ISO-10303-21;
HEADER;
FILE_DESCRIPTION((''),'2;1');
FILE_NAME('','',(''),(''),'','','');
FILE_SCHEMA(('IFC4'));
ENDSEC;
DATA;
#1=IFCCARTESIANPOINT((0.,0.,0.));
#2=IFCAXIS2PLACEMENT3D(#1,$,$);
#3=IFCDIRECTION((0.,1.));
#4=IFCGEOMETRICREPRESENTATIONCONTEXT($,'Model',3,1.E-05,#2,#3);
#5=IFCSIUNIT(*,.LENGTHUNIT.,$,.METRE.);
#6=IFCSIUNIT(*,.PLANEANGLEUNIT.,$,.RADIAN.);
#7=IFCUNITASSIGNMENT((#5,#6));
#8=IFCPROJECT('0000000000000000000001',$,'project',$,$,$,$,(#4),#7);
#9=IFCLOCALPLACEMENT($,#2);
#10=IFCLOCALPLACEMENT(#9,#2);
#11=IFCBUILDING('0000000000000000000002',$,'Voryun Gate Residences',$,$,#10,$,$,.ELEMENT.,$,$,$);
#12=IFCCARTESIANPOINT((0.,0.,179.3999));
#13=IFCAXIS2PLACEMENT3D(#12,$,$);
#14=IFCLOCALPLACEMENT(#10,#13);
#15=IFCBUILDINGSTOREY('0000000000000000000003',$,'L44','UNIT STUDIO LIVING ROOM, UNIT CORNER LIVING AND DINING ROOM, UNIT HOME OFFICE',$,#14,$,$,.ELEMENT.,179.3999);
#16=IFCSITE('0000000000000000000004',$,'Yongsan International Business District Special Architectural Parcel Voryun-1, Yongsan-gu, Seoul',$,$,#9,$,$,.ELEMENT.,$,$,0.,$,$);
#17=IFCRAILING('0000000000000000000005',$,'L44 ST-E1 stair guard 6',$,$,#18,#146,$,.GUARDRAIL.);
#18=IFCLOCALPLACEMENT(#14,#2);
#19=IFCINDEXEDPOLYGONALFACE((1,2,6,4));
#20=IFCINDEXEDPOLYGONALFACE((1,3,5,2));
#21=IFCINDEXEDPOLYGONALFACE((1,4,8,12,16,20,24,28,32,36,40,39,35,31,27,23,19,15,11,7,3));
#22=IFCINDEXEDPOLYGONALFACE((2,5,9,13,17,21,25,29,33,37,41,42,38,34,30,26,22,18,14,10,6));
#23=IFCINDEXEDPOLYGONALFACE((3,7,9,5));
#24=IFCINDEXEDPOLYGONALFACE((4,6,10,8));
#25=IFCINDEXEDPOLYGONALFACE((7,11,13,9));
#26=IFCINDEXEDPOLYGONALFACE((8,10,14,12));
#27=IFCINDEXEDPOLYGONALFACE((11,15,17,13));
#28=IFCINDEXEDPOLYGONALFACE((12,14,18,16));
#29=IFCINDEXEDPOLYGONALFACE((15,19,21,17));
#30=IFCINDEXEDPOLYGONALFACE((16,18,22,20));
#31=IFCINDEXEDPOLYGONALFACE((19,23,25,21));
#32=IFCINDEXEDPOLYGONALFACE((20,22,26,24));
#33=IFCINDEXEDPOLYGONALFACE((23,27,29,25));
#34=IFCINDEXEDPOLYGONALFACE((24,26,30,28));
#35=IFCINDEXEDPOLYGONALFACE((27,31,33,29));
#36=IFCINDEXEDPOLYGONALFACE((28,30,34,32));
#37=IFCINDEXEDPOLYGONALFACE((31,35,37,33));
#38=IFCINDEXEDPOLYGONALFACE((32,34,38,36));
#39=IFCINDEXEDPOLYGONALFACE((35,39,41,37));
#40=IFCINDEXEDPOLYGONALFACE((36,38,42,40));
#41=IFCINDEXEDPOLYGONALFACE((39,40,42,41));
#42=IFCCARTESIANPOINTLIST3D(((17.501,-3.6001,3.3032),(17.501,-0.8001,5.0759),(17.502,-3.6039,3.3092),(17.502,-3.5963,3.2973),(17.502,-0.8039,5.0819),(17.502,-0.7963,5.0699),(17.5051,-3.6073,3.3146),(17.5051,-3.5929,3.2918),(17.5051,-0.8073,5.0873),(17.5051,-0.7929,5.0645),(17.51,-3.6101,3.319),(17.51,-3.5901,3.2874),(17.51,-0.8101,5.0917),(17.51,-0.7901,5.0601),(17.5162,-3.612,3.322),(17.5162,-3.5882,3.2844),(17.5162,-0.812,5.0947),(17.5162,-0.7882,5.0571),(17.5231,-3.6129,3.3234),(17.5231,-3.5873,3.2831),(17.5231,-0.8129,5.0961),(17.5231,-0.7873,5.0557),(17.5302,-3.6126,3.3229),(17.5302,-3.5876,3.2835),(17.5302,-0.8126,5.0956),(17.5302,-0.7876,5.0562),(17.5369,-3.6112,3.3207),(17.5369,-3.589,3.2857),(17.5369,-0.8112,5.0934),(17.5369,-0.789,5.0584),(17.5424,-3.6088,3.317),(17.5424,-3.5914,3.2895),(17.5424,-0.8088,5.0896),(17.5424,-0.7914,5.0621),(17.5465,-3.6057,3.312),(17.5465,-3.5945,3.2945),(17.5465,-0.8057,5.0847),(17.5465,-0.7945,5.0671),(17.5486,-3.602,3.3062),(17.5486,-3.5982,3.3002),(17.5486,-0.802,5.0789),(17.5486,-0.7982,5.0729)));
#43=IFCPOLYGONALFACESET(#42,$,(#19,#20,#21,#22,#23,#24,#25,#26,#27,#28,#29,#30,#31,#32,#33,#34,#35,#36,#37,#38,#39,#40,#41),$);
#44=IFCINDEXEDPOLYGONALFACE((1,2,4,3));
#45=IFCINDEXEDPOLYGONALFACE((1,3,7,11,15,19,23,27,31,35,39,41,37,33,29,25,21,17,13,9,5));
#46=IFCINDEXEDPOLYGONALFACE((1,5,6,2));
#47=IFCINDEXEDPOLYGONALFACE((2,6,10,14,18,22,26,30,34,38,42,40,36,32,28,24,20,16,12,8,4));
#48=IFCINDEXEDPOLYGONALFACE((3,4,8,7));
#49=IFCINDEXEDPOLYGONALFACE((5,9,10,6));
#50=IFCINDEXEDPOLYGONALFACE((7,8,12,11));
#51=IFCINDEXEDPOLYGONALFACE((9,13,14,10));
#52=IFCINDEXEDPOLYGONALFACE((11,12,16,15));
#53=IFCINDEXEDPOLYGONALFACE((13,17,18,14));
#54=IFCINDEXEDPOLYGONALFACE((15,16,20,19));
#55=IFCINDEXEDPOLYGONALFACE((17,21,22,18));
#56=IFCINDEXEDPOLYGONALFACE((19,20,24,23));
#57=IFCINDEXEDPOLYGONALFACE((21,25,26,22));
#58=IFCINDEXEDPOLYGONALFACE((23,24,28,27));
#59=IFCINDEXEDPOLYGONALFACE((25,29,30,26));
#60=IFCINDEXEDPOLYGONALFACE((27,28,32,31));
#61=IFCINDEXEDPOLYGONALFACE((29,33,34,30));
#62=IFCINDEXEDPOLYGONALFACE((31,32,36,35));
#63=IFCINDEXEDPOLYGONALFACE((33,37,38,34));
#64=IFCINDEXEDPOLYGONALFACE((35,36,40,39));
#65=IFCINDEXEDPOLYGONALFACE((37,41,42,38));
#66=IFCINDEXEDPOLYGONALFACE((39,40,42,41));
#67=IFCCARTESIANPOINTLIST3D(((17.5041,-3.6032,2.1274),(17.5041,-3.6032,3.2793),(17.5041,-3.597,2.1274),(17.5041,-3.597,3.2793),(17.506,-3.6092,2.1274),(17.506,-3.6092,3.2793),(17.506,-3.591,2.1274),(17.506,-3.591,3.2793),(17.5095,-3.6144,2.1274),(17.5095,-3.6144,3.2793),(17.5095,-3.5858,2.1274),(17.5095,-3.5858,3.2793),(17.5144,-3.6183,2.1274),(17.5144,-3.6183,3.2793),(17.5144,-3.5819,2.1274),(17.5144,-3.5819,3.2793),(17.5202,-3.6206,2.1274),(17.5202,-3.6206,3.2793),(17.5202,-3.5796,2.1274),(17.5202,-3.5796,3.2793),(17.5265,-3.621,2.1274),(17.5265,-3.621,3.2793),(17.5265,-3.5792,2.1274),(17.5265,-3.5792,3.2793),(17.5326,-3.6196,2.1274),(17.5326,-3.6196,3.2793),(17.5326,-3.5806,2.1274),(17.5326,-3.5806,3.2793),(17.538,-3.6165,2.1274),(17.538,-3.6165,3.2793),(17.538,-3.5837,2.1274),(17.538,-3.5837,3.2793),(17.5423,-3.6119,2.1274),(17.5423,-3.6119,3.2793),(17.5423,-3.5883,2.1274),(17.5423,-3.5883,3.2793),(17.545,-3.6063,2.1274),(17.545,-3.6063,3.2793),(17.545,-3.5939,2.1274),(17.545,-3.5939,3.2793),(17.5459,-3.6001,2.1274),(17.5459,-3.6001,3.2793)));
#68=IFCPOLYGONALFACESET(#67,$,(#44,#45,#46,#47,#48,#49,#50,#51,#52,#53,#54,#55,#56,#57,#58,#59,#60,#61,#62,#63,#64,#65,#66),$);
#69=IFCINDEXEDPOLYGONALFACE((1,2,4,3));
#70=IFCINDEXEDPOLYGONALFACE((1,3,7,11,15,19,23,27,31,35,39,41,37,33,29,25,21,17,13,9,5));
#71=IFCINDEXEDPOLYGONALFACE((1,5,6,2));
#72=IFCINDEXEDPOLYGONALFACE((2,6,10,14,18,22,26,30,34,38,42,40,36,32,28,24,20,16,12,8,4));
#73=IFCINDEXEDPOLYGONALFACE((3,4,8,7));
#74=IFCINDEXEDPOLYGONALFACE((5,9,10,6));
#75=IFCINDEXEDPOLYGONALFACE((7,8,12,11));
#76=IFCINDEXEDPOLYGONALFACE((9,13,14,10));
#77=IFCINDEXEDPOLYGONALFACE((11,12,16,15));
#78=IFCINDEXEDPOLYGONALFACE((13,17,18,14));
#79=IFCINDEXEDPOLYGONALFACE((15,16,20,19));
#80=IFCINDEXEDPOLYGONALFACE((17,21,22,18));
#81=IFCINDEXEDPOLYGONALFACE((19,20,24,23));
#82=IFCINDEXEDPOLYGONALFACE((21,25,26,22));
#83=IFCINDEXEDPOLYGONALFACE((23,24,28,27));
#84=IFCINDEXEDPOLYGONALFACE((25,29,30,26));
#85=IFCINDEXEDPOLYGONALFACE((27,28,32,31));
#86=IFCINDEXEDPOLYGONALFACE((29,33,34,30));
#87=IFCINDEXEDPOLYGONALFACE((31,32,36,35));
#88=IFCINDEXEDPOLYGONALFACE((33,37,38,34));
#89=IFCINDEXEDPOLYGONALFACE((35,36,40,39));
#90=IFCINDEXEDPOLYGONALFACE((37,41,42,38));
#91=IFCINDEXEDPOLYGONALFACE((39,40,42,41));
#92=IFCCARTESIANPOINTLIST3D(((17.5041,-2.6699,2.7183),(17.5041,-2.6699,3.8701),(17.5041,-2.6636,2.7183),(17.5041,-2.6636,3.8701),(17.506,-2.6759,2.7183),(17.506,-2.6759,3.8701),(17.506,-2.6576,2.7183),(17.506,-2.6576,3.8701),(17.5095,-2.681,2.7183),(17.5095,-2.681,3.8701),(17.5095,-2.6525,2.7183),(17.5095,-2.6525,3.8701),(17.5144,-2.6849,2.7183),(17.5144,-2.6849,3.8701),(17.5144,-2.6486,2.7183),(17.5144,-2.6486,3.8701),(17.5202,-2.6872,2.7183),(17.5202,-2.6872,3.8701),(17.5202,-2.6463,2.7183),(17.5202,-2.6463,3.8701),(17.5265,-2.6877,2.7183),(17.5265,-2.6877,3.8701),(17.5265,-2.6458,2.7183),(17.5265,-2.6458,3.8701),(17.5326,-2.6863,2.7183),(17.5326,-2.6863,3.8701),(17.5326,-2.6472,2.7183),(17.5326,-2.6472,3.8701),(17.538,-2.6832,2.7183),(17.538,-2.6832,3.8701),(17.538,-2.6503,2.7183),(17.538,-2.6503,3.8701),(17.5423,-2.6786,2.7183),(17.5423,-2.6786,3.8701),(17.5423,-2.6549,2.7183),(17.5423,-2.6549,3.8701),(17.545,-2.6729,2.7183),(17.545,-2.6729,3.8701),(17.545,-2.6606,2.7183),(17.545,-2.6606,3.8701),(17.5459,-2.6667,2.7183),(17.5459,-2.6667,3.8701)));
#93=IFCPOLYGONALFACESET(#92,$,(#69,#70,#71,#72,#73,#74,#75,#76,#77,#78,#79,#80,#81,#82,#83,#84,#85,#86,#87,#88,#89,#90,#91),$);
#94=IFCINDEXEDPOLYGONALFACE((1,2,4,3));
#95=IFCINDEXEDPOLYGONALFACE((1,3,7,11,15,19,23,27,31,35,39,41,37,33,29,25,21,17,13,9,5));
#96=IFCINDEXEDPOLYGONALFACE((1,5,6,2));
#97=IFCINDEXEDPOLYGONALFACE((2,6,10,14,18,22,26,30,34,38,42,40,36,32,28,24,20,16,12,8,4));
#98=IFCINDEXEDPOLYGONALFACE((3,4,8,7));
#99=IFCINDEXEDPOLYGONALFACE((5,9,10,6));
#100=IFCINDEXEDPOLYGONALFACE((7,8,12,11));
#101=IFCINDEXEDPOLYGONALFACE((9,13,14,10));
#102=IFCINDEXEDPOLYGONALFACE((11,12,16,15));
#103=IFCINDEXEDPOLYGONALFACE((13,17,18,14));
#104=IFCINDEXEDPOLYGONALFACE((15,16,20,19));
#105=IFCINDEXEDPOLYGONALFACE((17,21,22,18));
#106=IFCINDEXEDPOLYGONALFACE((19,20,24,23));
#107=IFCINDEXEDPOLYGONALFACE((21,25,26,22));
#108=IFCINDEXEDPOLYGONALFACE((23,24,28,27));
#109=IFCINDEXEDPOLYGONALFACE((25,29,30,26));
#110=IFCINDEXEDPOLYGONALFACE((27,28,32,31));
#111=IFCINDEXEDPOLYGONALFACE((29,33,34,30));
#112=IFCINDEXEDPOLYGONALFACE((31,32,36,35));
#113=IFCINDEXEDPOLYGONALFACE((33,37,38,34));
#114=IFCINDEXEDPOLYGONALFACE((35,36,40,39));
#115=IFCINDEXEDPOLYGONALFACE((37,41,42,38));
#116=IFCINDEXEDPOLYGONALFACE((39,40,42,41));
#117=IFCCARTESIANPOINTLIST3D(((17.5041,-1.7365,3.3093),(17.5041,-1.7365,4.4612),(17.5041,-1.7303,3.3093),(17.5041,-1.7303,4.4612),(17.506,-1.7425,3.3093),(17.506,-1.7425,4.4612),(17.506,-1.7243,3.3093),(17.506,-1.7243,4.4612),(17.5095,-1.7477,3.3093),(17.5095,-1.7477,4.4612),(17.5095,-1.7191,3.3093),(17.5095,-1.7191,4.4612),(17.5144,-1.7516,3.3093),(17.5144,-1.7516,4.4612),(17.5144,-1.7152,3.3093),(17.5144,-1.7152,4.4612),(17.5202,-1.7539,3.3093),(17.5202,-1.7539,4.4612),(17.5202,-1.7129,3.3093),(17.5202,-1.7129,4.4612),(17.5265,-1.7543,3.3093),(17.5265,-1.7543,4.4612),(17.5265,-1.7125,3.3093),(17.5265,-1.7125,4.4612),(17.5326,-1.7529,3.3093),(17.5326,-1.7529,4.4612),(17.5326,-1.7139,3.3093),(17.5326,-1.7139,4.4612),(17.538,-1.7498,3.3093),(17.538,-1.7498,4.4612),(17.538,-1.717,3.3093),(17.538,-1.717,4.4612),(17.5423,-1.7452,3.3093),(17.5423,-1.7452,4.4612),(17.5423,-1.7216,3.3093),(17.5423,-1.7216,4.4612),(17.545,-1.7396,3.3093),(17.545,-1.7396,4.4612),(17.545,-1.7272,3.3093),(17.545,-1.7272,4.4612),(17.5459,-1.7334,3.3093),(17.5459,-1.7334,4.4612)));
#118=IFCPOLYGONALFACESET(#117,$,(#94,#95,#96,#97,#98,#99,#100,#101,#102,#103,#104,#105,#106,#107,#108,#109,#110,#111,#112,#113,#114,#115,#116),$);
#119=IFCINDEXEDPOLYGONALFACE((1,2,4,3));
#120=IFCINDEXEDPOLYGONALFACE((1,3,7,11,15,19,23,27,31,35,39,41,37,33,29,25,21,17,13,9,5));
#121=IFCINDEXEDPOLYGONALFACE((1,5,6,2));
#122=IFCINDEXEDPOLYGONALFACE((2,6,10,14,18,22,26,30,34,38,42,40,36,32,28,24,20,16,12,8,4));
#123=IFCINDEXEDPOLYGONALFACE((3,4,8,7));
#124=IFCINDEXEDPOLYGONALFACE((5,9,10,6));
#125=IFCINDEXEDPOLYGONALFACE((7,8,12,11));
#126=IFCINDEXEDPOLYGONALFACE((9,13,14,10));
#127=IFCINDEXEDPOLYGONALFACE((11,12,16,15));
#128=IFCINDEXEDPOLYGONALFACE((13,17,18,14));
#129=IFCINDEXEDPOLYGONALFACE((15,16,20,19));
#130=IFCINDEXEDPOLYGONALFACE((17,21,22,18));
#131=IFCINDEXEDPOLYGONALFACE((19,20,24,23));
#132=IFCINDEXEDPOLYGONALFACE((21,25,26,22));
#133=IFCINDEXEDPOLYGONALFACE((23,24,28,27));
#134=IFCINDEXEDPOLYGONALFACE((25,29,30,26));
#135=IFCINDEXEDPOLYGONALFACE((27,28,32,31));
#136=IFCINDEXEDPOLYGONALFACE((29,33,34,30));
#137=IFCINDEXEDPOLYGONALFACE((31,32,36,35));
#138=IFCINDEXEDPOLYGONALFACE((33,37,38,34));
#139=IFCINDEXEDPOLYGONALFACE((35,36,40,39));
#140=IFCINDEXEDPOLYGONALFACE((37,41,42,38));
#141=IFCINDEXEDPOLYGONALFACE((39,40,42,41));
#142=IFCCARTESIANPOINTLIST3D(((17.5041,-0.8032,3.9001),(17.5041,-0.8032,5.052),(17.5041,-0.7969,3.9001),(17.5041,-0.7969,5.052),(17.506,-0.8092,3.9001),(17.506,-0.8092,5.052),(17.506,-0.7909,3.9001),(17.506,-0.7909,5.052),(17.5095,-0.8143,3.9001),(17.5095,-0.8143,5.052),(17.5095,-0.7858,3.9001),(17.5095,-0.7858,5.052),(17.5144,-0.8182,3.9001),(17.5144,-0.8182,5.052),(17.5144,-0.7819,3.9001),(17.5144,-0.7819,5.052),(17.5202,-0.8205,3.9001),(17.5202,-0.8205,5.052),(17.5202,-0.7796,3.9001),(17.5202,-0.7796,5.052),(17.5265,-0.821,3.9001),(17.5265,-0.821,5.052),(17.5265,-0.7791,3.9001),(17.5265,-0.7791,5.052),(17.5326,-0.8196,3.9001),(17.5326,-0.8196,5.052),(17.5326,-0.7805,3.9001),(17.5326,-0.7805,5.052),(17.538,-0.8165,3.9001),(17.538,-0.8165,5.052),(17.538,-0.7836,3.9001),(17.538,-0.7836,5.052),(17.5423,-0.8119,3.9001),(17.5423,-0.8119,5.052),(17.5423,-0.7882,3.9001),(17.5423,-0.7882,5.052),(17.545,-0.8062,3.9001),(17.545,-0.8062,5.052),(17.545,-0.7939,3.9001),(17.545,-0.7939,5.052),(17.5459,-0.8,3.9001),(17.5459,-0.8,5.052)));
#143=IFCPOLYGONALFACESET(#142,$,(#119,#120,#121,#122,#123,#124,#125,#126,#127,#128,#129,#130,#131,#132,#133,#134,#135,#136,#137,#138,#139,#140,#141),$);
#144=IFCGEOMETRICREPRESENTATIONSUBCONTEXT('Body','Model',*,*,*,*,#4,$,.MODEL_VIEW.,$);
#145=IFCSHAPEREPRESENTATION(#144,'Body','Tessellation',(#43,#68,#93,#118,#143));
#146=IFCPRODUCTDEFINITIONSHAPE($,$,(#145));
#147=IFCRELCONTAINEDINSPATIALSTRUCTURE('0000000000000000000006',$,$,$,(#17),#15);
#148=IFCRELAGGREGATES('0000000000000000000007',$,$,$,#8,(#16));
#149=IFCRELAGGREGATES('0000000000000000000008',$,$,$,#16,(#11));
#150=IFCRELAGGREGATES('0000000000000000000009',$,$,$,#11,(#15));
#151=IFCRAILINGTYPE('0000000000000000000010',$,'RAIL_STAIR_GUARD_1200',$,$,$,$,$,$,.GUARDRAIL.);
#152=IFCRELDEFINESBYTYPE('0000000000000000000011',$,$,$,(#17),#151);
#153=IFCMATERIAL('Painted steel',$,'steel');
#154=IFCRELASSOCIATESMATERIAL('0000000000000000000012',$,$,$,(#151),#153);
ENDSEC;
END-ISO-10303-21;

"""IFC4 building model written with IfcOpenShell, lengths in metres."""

from ifc_helpers import new_model, si_unit, direction, frame, origin, origin_2d, place, context, subcontext, project, spatial, circle, extrude, material, type_object, element, save


model = new_model("IFC4")

# Units and contexts
model_context = context("Model", 3, precision=1e-05, world=origin(), true_north=direction((0.0, 1.0)))
body_context = subcontext(model_context, "Body", "Model", "MODEL_VIEW")
ifc_project = project(units=[si_unit("LENGTHUNIT", "METRE"), si_unit("PLANEANGLEUNIT", "RADIAN")], contexts=[model_context])

# Site, building, storey
site_placement = place(None, origin())
site = spatial("IfcSite", under=ifc_project, at=site_placement, Name="Yongsan International Business District Special Architectural Parcel Voryun-1, Yongsan-gu, Seoul", CompositionType="ELEMENT", RefElevation=0.0)
building_placement = place(site_placement, origin())
building = spatial("IfcBuilding", under=site, at=building_placement, Name="Voryun Gate Residences", CompositionType="ELEMENT")
storey_placement = place(building_placement, frame((0.0, 0.0, 179.3999)))
storey = spatial("IfcBuildingStorey", under=building, at=storey_placement, Name="L44", Description="UNIT STUDIO LIVING ROOM, UNIT CORNER LIVING AND DINING ROOM, UNIT HOME OFFICE", CompositionType="ELEMENT", Elevation=179.3999)

# Railing
ifc_material_1 = material(Name="Painted steel", Category="steel")
railing_type_1 = type_object("IfcRailingType", Name="RAIL_STAIR_GUARD_1200", PredefinedType="GUARDRAIL", material=ifc_material_1)
railing_1_placement = place(storey_placement, frame((17.5249, -3.6001, 2.1274)))
element("IfcRailing", 1, at=railing_1_placement, inside=storey, type_object=railing_type_1, Name="L44 ST-E1 stair guard 6", PredefinedType="GUARDRAIL", context=body_context, shape_type="SweptSolid", body=[
    extrude(circle(Radius=0.0239, at=origin_2d()), frame((0.0, 0.0, 1.1758), z_axis=(0.0, 0.844909, 0.53491), x_axis=(-1.0, 0.0, 0.0)), (0.0, 0.0, 1.0), 3.314),
    extrude(circle(Radius=0.021, at=origin_2d()), origin(), (0.0, 0.0, 1.0), 1.1519),
    extrude(circle(Radius=0.021, at=origin_2d()), frame((0.0, 0.9333, 0.5908)), (0.0, 0.0, 1.0), 1.1519),
    extrude(circle(Radius=0.021, at=origin_2d()), frame((0.0, 1.8667, 1.1819)), (0.0, 0.0, 1.0), 1.1519),
    extrude(circle(Radius=0.021, at=origin_2d()), frame((0.0, 2.8, 1.7727)), (0.0, 0.0, 1.0), 1.1519),
])

save(model, "model.ifc")
